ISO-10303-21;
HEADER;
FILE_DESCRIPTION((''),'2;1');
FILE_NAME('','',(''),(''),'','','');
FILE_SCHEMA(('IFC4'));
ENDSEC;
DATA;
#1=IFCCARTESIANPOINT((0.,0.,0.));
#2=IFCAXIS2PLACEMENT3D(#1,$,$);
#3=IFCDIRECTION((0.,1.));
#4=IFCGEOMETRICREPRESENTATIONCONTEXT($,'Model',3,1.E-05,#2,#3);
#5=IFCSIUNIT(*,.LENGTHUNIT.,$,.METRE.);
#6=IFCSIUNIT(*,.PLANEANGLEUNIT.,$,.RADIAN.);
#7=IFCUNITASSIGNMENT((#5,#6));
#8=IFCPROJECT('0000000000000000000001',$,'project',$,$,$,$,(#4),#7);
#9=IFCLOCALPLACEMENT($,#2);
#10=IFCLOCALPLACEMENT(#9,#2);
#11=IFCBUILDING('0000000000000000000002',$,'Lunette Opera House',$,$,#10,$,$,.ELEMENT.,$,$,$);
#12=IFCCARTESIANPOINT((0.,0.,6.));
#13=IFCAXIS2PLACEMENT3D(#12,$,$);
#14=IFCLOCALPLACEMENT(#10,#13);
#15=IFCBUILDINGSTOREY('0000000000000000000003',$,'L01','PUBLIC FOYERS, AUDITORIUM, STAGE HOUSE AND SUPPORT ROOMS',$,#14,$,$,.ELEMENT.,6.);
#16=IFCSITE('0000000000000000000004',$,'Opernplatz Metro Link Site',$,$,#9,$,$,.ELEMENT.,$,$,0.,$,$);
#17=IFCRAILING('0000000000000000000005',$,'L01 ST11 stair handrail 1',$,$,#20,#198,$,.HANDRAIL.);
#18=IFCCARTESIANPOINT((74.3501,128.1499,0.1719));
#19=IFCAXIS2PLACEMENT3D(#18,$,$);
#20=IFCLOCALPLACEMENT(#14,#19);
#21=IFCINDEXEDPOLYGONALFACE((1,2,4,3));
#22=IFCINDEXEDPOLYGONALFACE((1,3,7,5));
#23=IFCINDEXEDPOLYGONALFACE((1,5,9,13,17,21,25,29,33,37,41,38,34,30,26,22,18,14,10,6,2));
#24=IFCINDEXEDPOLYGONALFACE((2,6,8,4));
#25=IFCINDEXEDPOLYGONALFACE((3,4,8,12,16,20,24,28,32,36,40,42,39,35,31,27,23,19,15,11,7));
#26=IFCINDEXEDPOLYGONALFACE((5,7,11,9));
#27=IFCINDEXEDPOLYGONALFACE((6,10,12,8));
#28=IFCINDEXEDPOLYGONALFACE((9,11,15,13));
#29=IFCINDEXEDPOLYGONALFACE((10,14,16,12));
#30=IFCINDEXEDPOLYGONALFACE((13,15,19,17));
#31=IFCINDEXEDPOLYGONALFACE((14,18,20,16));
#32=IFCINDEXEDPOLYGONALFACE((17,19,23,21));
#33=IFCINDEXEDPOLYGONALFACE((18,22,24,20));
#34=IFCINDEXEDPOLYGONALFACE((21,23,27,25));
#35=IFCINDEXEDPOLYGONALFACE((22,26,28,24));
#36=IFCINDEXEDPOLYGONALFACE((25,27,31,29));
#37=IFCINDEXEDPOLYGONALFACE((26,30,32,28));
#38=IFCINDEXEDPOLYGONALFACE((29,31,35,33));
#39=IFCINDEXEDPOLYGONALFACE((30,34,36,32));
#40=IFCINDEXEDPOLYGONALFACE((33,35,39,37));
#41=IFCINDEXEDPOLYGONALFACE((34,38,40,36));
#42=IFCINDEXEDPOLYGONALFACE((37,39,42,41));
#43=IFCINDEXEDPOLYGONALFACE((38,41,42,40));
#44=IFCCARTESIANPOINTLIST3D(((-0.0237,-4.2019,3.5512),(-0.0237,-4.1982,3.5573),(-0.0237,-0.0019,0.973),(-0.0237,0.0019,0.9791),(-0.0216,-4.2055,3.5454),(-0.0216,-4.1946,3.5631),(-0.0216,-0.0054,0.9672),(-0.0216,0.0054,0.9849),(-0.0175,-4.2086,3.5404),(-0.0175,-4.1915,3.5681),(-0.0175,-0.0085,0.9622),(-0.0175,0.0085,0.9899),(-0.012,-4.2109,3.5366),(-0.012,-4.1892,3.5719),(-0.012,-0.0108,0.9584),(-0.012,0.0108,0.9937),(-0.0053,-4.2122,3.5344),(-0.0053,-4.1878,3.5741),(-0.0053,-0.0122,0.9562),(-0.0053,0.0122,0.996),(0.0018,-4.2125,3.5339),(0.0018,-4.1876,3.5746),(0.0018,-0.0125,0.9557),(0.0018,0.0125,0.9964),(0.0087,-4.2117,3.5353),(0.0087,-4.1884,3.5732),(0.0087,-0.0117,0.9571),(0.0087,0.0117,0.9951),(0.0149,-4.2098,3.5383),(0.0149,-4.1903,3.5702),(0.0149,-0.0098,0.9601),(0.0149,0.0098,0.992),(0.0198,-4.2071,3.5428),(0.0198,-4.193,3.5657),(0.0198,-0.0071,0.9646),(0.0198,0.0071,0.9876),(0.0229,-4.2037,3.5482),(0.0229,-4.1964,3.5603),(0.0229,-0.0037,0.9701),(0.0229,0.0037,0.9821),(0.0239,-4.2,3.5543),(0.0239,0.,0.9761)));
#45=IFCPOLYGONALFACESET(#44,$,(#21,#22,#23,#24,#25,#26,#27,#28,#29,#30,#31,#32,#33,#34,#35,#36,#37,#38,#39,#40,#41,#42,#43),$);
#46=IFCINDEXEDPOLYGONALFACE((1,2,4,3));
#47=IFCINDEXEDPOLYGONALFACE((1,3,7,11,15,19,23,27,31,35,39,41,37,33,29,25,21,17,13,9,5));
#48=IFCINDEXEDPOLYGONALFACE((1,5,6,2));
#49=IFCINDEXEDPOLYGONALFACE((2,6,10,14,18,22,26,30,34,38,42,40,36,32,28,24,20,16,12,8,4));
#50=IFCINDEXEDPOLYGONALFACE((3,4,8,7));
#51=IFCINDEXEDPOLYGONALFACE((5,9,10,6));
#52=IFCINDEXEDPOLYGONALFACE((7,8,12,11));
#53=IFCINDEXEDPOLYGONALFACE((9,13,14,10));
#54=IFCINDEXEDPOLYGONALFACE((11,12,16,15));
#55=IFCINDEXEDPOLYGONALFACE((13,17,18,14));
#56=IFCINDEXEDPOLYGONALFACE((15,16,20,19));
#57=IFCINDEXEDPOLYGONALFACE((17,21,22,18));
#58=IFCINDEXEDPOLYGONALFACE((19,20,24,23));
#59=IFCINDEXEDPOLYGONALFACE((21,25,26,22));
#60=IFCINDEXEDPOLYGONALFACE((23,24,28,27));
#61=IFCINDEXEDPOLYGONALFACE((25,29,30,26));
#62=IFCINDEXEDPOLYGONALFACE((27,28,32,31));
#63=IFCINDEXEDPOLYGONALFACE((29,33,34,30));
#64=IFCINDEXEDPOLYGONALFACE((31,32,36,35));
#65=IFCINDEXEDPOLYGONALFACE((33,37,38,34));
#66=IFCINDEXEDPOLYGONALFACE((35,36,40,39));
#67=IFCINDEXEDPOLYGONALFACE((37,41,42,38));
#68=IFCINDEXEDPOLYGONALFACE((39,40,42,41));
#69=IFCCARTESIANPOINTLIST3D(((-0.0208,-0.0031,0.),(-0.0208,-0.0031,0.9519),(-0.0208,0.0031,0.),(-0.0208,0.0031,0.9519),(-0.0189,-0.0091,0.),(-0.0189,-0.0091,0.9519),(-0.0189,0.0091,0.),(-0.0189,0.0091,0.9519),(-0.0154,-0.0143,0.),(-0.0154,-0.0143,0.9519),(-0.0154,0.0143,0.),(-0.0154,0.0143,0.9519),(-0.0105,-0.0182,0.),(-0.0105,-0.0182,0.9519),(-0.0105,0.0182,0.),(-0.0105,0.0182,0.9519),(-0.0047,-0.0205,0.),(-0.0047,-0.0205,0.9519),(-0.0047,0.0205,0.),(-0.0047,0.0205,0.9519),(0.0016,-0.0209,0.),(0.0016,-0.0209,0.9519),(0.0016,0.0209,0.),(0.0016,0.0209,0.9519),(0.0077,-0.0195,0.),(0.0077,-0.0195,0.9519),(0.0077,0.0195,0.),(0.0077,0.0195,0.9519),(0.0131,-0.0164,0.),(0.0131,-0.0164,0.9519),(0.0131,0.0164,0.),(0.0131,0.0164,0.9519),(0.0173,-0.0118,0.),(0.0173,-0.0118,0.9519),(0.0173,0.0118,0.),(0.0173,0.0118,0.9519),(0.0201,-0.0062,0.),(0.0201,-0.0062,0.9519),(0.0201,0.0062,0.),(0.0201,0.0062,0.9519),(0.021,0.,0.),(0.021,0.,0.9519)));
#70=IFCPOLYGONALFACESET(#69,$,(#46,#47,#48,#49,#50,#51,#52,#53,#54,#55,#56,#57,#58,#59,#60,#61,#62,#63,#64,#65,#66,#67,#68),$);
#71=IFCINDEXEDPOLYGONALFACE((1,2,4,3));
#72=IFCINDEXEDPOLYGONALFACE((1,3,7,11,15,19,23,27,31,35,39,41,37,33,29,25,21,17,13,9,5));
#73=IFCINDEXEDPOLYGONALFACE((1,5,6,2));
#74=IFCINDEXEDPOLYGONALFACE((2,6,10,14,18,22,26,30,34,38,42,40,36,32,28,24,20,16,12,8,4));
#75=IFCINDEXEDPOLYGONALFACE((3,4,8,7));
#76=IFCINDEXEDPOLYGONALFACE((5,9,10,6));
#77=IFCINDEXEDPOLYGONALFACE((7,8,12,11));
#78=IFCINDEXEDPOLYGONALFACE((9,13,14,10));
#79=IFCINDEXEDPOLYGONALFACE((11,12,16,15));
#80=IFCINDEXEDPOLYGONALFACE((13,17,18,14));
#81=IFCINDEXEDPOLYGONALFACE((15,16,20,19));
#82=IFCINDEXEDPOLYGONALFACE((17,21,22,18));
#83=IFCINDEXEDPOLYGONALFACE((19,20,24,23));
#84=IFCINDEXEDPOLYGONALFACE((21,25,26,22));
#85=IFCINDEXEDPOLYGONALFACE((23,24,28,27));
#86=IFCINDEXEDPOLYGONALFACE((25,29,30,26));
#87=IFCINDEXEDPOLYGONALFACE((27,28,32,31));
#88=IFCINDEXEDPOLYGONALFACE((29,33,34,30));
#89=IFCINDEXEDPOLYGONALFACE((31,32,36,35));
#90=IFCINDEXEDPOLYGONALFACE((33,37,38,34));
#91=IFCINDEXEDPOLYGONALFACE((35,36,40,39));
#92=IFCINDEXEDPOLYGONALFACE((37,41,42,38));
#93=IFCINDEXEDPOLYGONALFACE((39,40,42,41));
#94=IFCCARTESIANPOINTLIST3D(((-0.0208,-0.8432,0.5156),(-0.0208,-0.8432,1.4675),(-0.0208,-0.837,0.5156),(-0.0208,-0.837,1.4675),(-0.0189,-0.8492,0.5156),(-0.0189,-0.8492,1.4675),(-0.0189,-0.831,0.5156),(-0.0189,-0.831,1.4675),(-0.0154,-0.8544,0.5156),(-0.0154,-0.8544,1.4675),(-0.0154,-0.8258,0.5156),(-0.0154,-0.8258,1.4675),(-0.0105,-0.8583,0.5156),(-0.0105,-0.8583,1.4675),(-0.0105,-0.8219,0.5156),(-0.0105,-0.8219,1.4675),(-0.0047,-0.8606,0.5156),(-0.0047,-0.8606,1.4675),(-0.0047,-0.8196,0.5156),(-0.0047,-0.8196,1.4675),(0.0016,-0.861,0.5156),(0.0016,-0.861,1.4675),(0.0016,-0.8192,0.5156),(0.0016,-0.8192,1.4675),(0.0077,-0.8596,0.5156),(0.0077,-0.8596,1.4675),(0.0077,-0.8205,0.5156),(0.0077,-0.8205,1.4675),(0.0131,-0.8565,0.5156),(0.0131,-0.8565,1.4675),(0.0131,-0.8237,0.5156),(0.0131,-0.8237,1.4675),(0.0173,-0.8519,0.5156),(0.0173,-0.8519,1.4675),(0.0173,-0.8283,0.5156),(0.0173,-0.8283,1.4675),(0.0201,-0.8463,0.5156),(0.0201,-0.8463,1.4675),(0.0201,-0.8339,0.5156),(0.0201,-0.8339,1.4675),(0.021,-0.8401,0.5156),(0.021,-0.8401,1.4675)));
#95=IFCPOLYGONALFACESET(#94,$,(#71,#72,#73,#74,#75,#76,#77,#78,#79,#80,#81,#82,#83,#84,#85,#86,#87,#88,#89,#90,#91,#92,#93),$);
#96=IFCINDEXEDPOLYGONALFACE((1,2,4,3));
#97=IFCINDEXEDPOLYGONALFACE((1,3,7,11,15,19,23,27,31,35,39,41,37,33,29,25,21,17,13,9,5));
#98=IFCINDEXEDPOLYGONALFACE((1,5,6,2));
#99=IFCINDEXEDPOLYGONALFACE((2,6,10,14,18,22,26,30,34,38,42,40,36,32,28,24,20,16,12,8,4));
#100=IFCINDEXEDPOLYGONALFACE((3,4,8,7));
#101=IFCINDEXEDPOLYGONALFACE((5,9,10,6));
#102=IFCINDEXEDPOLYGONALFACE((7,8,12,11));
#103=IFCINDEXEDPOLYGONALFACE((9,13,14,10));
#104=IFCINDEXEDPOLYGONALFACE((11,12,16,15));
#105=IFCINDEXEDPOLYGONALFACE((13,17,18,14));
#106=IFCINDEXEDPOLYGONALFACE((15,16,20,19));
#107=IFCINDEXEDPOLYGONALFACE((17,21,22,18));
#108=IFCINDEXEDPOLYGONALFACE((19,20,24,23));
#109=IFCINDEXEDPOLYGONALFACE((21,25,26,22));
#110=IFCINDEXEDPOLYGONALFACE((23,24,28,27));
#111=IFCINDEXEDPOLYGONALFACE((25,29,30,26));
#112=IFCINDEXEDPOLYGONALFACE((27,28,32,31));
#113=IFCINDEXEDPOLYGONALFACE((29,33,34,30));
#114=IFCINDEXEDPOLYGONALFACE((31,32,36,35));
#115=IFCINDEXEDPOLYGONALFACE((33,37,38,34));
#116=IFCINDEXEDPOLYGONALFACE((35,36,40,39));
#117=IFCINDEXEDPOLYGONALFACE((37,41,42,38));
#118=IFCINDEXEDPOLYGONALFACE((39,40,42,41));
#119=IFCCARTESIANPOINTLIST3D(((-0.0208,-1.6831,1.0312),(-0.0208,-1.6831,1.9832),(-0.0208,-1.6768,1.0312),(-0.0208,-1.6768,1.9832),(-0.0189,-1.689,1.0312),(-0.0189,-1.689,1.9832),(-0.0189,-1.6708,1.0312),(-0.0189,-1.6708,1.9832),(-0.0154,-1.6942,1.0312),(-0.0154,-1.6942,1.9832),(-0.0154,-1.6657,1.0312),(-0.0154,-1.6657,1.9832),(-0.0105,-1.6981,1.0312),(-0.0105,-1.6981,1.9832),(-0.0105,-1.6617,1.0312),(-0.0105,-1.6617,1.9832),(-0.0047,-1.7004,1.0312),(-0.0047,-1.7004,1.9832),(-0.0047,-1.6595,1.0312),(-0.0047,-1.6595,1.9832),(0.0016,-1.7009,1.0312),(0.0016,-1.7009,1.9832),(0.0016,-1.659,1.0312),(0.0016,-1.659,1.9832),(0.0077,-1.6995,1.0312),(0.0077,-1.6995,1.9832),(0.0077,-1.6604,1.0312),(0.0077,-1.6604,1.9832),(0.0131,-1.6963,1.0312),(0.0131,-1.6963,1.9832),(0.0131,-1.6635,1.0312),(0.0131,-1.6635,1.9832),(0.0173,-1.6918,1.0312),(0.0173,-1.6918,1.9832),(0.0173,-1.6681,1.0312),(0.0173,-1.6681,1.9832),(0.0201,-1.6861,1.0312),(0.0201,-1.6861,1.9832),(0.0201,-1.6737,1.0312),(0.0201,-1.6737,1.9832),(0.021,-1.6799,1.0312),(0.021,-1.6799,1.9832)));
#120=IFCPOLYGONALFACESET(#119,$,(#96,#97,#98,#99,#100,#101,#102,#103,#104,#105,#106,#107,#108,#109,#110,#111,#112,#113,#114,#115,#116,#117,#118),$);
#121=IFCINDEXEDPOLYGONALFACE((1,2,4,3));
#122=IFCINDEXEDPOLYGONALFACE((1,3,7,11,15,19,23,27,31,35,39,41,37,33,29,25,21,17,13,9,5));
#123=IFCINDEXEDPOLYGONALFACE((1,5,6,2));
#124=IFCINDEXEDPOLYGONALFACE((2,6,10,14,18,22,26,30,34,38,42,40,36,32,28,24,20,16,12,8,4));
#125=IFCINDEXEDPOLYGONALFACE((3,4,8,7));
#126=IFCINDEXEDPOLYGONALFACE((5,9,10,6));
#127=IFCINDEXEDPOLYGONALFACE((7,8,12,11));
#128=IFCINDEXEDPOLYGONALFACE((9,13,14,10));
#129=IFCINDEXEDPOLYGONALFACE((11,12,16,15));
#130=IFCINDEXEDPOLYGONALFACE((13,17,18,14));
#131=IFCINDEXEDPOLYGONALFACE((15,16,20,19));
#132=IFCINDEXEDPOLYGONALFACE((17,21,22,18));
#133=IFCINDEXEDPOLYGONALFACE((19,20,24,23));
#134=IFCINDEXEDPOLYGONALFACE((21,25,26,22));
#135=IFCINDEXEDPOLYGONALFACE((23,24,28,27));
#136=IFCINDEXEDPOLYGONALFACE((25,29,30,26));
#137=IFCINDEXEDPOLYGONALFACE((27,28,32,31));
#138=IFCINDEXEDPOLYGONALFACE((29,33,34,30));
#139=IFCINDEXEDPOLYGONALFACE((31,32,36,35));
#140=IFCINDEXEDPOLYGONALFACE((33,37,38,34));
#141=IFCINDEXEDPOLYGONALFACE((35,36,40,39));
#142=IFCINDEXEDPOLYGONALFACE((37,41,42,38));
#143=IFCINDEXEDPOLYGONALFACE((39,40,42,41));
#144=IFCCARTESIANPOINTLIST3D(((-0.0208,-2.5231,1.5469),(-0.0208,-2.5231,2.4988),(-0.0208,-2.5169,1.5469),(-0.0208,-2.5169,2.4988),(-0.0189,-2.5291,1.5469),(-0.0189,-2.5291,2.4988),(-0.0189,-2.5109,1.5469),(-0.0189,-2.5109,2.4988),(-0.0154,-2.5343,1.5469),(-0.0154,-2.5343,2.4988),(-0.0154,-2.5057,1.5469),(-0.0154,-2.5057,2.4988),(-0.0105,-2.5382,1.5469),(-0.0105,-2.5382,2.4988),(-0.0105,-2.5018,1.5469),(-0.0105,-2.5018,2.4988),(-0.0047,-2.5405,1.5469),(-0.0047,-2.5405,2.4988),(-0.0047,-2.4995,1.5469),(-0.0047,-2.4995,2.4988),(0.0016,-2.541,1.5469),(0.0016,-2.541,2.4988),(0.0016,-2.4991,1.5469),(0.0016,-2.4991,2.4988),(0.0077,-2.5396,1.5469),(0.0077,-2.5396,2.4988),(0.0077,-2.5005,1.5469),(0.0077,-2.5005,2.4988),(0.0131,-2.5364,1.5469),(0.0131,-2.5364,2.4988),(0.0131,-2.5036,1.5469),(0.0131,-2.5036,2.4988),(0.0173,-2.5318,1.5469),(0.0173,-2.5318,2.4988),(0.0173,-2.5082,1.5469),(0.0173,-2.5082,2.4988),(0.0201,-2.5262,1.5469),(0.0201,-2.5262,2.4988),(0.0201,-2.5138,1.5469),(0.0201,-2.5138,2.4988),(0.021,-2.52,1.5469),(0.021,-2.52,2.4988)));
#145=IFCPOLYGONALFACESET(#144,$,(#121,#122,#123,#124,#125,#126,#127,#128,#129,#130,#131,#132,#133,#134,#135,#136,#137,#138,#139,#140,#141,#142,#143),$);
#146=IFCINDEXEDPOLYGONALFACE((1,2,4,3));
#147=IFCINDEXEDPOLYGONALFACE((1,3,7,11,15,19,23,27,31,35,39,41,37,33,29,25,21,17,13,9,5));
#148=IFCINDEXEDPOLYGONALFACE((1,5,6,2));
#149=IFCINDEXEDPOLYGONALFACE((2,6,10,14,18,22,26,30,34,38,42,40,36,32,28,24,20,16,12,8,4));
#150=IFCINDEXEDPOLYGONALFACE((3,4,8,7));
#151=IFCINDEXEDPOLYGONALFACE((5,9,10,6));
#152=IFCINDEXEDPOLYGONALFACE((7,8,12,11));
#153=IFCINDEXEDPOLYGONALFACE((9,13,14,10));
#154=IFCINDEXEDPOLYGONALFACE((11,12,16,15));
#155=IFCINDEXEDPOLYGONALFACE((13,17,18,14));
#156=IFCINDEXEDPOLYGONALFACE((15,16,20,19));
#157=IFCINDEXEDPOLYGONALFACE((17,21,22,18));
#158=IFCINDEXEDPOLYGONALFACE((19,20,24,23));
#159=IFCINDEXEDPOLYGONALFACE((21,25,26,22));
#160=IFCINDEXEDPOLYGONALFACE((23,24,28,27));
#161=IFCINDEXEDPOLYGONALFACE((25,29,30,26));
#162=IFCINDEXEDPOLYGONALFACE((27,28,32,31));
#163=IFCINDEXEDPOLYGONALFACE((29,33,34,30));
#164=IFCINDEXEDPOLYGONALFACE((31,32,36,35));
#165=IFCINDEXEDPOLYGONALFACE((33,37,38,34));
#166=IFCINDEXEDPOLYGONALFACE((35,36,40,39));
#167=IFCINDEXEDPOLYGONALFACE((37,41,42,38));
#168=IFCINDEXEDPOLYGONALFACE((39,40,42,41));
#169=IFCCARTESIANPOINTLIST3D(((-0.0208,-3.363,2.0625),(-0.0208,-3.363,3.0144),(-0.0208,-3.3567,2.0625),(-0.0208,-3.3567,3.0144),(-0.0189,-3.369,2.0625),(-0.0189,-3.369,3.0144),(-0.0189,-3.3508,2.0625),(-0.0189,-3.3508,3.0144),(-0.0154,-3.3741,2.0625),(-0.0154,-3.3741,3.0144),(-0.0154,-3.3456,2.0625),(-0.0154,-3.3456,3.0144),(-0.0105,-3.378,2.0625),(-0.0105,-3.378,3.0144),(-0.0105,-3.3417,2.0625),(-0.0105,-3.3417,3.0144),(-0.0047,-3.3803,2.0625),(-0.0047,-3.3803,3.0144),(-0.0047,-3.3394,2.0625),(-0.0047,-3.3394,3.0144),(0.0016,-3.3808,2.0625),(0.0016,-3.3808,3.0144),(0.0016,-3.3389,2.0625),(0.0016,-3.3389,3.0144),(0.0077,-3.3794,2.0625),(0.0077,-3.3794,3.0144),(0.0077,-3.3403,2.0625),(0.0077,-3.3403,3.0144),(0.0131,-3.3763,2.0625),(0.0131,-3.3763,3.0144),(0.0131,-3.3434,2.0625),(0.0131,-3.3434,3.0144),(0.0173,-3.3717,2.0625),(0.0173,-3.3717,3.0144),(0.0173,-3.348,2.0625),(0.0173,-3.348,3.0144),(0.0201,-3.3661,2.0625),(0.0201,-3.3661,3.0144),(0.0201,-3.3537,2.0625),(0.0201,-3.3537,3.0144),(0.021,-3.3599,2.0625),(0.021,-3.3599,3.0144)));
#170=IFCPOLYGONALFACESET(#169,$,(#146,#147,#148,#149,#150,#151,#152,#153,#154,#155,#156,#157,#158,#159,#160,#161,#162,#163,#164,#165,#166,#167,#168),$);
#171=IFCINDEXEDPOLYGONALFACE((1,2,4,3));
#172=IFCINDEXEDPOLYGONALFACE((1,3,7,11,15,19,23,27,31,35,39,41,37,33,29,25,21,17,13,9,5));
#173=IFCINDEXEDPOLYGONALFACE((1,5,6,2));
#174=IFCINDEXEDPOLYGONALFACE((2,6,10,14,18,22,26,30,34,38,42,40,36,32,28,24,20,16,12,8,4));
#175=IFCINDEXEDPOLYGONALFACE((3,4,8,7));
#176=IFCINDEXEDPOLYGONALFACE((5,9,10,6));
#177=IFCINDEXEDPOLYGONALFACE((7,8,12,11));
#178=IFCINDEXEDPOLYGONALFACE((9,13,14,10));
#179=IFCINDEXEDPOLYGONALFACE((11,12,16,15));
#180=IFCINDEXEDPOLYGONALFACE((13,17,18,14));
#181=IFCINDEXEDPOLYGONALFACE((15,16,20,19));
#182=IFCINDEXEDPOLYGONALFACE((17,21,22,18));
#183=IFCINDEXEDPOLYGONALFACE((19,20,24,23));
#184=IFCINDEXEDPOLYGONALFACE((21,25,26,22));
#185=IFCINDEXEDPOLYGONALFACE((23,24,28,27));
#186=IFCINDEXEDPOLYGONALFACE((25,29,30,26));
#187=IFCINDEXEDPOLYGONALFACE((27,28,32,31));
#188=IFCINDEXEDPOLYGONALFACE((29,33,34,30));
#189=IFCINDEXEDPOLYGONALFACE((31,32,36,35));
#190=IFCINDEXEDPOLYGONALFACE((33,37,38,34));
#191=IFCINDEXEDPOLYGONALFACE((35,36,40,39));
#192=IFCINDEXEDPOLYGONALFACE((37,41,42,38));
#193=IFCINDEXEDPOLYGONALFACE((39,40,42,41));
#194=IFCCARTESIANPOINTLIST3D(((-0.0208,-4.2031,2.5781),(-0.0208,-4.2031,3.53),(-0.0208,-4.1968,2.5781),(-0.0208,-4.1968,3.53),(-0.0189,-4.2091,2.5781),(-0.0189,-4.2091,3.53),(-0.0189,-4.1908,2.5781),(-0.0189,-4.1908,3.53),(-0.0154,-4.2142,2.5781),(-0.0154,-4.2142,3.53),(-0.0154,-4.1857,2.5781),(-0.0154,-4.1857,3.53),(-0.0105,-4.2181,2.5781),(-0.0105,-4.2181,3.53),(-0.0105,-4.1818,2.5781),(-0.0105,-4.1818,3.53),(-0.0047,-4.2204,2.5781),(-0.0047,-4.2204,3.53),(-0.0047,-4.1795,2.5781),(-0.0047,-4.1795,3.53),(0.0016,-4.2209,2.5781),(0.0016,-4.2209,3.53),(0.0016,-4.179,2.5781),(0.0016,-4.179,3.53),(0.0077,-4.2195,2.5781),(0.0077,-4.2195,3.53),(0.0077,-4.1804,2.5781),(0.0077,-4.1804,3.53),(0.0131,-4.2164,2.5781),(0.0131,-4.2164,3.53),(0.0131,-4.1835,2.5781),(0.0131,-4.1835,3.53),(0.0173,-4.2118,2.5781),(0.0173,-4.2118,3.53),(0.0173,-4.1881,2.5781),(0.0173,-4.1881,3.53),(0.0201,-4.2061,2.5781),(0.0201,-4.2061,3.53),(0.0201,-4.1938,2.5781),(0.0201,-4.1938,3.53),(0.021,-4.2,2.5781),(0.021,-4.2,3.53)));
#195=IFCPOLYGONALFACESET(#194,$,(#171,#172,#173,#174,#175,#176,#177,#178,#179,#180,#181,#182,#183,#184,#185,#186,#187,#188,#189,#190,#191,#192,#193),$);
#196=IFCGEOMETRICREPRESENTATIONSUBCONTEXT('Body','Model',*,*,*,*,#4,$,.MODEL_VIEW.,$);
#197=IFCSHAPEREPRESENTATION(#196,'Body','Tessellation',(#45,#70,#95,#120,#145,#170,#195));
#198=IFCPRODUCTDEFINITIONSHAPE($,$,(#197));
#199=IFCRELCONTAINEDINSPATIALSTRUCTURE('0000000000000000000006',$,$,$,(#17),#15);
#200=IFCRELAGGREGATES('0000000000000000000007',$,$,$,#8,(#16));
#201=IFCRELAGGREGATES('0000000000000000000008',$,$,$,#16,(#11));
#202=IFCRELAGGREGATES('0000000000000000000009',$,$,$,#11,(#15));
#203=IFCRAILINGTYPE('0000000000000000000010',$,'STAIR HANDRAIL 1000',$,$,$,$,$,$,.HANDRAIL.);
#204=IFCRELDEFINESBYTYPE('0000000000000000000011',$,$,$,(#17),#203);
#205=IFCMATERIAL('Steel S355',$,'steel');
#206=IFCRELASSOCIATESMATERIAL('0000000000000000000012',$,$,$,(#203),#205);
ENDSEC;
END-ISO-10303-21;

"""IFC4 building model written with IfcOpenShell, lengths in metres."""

from ifc_helpers import new_model, si_unit, direction, frame, origin, origin_2d, place, context, subcontext, project, spatial, circle, extrude, material, type_object, element, save


model = new_model("IFC4")

# Units and contexts
model_context = context("Model", 3, precision=1e-05, world=origin(), true_north=direction((0.0, 1.0)))
body_context = subcontext(model_context, "Body", "Model", "MODEL_VIEW")
ifc_project = project(units=[si_unit("LENGTHUNIT", "METRE"), si_unit("PLANEANGLEUNIT", "RADIAN")], contexts=[model_context])

# Site, building, storey
site_placement = place(None, origin())
site = spatial("IfcSite", under=ifc_project, at=site_placement, Name="Opernplatz Metro Link Site", CompositionType="ELEMENT", RefElevation=0.0)
building_placement = place(site_placement, origin())
building = spatial("IfcBuilding", under=site, at=building_placement, Name="Lunette Opera House", CompositionType="ELEMENT")
storey_placement = place(building_placement, frame((0.0, 0.0, 6.0)))
storey = spatial("IfcBuildingStorey", under=building, at=storey_placement, Name="L01", Description="PUBLIC FOYERS, AUDITORIUM, STAGE HOUSE AND SUPPORT ROOMS", CompositionType="ELEMENT", Elevation=6.0)

# Railing
ifc_material_1 = material(Name="Steel S355", Category="steel")
railing_type_1 = type_object("IfcRailingType", Name="STAIR HANDRAIL 1000", PredefinedType="HANDRAIL", material=ifc_material_1)
railing_1_placement = place(storey_placement, frame((74.3501, 128.1499, 0.1719)))
element("IfcRailing", 1, at=railing_1_placement, inside=storey, type_object=railing_type_1, Name="L01 ST11 stair handrail 1", PredefinedType="HANDRAIL", context=body_context, shape_type="SweptSolid", body=[
    extrude(circle(Radius=0.0239, at=origin_2d()), frame((0.0, 0.0, 0.9761), z_axis=(0.0, -0.852243, 0.523146), x_axis=(1.0, 0.0, 0.0)), (0.0, 0.0, 1.0), 4.9282),
    extrude(circle(Radius=0.021, at=origin_2d()), origin(), (0.0, 0.0, 1.0), 0.9519),
    extrude(circle(Radius=0.021, at=origin_2d()), frame((0.0, -0.8401, 0.5156)), (0.0, 0.0, 1.0), 0.9519),
    extrude(circle(Radius=0.021, at=origin_2d()), frame((0.0, -1.6799, 1.0312)), (0.0, 0.0, 1.0), 0.9519),
    extrude(circle(Radius=0.021, at=origin_2d()), frame((0.0, -2.52, 1.5469)), (0.0, 0.0, 1.0), 0.9519),
    extrude(circle(Radius=0.021, at=origin_2d()), frame((0.0, -3.3599, 2.0625)), (0.0, 0.0, 1.0), 0.9519),
    extrude(circle(Radius=0.021, at=origin_2d()), frame((0.0, -4.2, 2.5781)), (0.0, 0.0, 1.0), 0.9519),
])

save(model, "model.ifc")
